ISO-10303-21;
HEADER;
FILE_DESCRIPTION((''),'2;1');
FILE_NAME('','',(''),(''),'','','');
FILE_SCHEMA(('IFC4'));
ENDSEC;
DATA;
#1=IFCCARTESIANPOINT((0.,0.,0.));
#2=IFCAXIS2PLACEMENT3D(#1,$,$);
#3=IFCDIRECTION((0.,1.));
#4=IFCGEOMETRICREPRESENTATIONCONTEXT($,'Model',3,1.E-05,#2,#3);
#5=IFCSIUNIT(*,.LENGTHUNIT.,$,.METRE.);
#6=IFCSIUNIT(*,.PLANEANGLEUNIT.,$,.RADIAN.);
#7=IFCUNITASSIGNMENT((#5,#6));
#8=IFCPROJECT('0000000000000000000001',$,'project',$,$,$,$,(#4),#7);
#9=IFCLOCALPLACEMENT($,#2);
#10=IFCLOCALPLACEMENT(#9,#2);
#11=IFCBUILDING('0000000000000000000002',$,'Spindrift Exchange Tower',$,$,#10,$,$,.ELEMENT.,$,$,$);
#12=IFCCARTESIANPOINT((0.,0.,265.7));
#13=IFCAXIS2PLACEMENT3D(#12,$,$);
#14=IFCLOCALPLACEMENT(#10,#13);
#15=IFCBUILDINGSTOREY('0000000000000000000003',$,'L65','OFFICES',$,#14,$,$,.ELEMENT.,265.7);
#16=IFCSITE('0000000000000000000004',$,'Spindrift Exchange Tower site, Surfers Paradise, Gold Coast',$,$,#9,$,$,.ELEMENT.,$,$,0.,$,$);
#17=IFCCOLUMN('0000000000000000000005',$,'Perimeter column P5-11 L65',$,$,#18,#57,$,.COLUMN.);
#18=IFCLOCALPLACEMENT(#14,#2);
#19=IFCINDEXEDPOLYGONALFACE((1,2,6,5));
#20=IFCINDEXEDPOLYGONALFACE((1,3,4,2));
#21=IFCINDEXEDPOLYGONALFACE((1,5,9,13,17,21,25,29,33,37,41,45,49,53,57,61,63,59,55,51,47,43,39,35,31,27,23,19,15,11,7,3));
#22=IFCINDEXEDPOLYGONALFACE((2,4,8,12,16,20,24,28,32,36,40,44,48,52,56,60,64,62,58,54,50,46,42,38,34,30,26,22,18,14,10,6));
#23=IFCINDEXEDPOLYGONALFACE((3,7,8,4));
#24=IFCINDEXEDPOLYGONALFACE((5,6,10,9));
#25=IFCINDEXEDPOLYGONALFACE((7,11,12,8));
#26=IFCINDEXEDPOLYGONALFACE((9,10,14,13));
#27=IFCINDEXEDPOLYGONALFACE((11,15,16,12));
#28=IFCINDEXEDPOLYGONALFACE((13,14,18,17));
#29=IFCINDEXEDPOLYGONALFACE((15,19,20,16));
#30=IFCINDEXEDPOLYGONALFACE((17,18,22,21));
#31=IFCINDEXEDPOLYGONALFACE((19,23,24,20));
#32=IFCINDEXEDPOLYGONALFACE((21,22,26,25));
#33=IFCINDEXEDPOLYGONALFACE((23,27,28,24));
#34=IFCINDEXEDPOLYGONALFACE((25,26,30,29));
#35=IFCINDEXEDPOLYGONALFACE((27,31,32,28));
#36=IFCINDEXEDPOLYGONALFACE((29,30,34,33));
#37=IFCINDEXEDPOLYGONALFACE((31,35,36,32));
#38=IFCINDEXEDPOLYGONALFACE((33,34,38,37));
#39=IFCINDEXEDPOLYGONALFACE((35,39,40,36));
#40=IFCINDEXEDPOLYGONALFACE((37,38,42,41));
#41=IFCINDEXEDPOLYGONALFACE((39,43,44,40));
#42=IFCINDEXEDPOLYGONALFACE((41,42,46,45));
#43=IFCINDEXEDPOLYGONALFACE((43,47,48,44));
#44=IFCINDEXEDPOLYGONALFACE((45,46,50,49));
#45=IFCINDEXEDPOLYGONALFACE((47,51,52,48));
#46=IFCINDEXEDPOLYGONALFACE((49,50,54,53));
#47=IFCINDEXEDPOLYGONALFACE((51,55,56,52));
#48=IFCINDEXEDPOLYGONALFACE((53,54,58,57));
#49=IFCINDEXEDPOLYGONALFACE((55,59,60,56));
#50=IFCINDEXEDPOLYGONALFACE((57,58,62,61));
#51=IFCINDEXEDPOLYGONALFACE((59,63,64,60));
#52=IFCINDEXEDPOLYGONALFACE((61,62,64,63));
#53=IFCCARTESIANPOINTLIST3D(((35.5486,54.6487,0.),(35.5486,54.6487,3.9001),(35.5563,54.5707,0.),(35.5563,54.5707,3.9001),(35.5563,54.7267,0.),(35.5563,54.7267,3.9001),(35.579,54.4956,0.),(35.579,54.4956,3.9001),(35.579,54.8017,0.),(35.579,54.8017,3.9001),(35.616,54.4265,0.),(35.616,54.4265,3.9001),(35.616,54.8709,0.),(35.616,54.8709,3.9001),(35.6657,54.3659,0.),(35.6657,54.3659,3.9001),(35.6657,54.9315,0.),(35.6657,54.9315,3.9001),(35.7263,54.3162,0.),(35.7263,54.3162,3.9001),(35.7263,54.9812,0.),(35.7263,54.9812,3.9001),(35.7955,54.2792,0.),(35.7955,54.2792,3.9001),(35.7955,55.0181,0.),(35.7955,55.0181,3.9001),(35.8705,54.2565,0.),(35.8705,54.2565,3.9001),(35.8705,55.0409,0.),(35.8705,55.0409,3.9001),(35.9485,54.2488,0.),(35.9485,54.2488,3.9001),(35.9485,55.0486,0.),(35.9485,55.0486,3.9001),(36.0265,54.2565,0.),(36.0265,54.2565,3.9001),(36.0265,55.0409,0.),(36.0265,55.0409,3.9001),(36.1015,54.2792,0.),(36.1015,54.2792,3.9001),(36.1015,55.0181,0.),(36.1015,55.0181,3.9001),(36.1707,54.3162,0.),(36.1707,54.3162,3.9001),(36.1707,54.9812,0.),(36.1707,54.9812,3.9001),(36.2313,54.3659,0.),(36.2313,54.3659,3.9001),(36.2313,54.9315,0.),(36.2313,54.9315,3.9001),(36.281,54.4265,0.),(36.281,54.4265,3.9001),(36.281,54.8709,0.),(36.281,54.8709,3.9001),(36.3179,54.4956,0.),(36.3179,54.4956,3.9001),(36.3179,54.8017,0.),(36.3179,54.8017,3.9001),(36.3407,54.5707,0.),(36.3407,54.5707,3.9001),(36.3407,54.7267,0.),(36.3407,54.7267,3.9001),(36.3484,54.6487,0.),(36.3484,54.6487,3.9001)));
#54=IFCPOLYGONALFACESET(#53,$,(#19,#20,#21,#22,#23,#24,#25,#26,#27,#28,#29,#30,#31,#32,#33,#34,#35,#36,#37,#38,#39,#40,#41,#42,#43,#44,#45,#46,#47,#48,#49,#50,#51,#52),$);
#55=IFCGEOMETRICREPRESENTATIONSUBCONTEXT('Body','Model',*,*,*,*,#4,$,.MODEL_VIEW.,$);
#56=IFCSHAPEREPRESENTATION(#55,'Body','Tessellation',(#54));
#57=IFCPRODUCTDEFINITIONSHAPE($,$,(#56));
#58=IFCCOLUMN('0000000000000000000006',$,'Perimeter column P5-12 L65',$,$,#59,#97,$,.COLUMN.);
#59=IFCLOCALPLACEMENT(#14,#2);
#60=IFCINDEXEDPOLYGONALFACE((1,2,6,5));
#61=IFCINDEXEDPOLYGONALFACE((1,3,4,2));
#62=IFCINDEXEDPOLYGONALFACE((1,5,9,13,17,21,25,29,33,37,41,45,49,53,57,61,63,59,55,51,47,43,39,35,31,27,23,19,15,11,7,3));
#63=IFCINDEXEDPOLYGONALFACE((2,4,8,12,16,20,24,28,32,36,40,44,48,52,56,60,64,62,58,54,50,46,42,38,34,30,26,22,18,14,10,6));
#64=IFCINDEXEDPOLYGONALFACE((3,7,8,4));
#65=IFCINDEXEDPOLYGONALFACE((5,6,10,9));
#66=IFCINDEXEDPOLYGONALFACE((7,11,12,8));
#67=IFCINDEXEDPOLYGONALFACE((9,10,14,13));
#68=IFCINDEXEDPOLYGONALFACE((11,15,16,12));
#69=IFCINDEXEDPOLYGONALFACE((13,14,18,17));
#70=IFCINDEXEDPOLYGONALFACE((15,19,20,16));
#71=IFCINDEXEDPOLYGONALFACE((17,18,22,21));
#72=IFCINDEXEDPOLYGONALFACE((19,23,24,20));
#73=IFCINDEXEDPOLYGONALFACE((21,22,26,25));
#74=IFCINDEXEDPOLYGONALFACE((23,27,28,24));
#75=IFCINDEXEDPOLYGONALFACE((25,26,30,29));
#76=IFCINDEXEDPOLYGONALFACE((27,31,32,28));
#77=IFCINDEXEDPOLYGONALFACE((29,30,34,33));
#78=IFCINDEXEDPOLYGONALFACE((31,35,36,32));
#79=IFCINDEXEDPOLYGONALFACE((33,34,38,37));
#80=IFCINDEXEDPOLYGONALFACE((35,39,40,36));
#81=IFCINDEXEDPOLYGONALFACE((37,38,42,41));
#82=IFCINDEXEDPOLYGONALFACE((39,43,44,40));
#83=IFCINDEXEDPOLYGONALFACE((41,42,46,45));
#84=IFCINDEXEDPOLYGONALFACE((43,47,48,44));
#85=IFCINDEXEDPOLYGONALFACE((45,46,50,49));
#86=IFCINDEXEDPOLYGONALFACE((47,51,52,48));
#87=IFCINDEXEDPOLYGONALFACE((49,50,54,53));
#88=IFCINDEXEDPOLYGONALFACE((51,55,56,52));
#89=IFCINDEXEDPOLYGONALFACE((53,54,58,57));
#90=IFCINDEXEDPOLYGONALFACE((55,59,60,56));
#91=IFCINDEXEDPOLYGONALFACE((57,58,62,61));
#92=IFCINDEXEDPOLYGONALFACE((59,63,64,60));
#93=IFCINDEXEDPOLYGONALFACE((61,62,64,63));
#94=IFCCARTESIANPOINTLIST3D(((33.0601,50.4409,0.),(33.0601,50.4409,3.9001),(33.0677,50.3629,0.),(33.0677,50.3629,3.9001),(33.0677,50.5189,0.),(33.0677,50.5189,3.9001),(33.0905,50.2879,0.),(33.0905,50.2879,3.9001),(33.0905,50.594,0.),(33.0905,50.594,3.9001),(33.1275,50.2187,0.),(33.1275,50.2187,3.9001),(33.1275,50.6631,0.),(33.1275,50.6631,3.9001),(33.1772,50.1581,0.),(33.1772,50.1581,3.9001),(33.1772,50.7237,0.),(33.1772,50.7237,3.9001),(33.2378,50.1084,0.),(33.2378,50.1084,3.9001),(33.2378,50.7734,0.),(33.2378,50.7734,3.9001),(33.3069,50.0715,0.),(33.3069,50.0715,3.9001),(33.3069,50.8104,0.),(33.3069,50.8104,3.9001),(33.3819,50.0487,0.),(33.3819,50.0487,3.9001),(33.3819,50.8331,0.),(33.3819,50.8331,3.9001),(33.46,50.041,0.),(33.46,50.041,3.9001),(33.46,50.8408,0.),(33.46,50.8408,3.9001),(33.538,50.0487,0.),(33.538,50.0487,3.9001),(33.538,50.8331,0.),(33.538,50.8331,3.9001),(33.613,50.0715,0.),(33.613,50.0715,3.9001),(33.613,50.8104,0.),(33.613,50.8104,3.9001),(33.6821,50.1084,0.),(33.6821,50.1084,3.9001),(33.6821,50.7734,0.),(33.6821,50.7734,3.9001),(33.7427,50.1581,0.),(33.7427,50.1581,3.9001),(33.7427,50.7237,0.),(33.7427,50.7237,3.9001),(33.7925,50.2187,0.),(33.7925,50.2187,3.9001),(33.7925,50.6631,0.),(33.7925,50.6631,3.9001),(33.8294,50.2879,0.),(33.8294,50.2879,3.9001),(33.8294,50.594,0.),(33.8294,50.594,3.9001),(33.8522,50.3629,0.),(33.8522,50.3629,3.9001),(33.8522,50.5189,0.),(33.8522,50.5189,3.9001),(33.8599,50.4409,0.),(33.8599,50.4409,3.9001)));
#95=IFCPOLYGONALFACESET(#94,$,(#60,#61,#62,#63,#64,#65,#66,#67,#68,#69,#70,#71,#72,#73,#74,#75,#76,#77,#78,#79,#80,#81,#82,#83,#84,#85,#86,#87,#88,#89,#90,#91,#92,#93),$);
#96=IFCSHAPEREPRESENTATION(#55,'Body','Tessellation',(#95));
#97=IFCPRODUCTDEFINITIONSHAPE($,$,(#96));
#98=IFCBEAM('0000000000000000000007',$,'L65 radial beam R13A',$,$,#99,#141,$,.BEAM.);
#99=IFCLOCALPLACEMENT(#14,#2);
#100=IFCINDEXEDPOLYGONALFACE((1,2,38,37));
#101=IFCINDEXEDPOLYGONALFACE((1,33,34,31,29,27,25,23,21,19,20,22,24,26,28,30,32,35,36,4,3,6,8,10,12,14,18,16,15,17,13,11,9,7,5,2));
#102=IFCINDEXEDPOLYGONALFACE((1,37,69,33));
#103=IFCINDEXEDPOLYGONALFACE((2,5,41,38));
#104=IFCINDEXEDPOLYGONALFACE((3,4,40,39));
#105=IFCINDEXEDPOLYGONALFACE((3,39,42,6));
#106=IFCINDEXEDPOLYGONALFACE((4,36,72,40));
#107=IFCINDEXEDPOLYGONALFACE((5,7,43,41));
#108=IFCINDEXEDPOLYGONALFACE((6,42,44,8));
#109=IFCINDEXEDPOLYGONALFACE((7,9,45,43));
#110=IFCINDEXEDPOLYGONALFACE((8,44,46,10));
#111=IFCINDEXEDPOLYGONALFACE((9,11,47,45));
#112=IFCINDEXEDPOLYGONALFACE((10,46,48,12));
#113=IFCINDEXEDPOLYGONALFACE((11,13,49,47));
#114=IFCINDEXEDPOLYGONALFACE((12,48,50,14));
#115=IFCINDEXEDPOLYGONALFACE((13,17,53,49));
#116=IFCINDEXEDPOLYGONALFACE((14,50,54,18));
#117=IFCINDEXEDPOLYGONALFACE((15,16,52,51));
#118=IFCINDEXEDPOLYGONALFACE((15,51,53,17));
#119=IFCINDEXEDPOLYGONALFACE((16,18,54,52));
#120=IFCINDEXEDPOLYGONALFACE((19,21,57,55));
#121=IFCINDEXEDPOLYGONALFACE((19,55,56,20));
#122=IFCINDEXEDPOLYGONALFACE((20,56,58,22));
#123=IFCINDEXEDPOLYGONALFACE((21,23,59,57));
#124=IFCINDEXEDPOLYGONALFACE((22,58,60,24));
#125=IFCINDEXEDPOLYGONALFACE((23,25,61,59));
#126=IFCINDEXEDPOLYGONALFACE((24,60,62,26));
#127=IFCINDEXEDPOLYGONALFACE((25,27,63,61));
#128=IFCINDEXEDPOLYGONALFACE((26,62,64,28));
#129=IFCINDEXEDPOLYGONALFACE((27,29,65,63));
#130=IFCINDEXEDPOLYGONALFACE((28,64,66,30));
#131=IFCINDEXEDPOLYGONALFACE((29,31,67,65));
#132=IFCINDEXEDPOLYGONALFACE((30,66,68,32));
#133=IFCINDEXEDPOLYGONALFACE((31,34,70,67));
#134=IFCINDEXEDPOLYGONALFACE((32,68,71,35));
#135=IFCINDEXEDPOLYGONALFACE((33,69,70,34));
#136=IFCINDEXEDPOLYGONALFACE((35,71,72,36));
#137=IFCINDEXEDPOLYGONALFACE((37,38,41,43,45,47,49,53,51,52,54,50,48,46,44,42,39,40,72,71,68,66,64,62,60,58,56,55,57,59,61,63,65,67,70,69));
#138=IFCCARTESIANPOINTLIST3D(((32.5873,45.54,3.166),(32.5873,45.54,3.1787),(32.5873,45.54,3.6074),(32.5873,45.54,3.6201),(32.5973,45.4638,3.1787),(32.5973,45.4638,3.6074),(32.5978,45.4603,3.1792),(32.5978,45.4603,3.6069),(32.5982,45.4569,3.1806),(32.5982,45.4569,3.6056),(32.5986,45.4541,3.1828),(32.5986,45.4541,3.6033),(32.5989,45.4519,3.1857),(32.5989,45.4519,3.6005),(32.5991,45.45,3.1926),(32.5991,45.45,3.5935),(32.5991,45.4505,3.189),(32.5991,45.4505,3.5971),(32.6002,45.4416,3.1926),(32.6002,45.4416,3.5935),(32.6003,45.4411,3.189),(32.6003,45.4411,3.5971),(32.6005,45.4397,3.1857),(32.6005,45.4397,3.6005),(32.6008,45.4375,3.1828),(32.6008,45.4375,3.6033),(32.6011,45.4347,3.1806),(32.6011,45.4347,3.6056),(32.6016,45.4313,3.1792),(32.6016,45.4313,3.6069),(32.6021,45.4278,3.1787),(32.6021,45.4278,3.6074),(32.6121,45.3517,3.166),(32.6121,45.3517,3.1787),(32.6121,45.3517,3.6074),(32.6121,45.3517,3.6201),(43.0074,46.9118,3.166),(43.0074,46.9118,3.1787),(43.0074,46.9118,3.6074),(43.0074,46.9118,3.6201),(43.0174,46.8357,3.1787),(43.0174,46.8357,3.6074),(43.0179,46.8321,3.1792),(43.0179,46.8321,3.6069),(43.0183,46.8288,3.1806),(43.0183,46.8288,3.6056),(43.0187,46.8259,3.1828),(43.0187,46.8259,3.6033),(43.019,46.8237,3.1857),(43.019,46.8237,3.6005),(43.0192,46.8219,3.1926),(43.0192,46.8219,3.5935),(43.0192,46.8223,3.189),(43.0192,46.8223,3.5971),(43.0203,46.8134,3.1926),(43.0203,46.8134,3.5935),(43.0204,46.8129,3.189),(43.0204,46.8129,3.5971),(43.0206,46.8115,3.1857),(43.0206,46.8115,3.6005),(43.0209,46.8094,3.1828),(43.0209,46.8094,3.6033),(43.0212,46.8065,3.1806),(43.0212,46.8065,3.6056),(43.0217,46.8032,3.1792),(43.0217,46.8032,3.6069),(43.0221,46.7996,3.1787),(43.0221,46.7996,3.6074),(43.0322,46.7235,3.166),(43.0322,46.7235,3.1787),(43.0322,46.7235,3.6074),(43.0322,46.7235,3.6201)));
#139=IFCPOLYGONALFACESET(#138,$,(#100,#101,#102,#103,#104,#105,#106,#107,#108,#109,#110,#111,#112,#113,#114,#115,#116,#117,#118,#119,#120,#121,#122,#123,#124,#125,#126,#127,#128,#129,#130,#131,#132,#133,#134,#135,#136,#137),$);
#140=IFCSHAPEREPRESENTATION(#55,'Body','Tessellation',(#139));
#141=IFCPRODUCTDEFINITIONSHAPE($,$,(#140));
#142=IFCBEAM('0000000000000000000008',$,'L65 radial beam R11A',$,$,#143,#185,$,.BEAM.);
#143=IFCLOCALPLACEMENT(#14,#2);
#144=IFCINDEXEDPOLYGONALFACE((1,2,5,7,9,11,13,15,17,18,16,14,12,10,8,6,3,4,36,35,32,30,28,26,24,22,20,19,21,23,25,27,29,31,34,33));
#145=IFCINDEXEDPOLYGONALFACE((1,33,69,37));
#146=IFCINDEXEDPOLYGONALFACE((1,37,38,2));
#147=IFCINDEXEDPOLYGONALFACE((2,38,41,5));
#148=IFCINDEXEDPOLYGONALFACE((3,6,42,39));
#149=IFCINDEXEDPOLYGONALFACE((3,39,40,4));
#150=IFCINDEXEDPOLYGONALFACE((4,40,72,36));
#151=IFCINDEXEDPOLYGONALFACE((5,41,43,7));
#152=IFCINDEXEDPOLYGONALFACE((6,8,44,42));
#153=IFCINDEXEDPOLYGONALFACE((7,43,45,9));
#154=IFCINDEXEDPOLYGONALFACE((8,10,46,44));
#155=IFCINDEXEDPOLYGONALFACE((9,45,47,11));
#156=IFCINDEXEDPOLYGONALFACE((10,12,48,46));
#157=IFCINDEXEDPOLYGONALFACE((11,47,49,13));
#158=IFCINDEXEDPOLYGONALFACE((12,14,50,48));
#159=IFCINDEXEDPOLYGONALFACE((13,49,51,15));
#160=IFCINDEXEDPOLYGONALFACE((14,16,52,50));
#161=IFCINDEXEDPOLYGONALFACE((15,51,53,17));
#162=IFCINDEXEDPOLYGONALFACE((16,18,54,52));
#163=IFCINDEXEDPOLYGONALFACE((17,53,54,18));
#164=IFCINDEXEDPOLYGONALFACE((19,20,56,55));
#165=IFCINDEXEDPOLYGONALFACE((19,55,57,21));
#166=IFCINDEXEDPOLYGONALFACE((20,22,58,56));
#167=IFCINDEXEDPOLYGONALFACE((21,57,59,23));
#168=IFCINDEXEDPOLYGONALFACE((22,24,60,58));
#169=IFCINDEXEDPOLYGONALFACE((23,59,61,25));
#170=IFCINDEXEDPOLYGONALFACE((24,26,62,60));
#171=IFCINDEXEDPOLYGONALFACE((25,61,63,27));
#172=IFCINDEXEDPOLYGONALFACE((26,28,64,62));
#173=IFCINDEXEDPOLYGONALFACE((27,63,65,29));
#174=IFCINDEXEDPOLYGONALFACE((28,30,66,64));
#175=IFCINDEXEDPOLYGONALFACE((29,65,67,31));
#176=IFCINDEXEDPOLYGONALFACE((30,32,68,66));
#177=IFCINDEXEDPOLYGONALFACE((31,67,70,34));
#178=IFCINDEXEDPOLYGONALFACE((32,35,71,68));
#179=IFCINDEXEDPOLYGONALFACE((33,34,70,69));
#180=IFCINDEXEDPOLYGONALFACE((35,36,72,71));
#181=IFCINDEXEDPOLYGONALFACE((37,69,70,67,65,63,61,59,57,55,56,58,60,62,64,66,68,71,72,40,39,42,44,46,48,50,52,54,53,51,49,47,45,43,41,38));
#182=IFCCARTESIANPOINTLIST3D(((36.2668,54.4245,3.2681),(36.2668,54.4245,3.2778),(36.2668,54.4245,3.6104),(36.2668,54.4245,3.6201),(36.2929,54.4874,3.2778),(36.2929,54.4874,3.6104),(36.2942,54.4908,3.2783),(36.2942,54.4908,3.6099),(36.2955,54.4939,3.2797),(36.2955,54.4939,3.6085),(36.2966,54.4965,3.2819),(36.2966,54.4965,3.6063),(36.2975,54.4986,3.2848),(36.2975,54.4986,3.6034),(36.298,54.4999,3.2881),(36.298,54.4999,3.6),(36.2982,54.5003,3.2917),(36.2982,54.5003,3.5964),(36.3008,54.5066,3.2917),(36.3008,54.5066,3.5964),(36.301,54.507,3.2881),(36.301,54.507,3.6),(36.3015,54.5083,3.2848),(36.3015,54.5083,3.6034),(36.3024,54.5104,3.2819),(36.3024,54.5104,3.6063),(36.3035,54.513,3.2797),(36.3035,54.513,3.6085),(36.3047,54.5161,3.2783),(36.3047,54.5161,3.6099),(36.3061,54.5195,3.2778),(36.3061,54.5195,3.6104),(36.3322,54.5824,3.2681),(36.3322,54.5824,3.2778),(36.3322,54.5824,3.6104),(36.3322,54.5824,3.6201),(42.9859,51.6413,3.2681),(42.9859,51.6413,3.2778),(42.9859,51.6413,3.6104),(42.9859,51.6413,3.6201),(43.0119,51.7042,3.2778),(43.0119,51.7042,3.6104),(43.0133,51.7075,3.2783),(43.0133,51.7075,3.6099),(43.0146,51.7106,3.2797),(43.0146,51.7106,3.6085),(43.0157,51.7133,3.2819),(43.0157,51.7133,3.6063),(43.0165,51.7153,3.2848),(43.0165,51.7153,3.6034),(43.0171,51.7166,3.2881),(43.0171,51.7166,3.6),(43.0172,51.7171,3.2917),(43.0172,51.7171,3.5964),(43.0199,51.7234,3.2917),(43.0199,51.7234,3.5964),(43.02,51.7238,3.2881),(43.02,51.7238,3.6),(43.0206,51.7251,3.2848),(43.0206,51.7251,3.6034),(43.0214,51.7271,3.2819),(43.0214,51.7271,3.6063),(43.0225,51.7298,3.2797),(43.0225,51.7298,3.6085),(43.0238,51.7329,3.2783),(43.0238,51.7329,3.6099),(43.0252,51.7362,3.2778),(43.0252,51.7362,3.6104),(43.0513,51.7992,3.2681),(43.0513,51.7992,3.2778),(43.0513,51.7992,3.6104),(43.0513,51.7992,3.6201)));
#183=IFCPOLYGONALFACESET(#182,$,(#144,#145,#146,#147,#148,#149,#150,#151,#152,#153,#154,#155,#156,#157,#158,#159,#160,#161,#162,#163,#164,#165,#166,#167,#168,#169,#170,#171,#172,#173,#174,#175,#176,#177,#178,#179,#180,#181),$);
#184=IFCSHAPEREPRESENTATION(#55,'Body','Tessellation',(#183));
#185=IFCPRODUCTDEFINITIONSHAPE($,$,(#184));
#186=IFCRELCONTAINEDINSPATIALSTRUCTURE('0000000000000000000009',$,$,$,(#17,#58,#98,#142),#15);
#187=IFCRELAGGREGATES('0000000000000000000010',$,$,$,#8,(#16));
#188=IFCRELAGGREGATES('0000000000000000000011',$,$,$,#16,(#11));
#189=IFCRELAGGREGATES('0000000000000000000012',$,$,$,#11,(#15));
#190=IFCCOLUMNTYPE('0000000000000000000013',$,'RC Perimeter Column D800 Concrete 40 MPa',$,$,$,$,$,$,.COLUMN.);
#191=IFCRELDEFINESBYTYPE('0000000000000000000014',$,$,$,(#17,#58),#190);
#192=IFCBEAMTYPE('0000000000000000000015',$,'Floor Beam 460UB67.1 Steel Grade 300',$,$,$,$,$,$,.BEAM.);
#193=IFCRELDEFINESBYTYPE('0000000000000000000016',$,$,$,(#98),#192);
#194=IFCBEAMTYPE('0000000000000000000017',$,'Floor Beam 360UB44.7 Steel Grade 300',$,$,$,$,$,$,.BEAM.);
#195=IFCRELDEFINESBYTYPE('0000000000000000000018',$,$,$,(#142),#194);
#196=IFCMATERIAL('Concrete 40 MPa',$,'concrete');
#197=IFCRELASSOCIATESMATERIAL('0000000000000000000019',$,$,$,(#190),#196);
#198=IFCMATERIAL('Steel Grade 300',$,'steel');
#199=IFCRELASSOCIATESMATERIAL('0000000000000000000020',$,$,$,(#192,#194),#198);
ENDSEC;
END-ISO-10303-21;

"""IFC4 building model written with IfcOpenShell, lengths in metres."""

from ifc_helpers import new_model, si_unit, direction, frame, origin, origin_2d, place, context, subcontext, project, spatial, circle, i_section, extrude, source, transform, mapped, material, material_profile, profile_set, type_object, element, save


model = new_model("IFC4")

# Units and contexts
model_context = context("Model", 3, precision=1e-05, world=origin(), true_north=direction((0.0, 1.0)))
body_context = subcontext(model_context, "Body", "Model", "MODEL_VIEW")
ifc_project = project(units=[si_unit("LENGTHUNIT", "METRE"), si_unit("PLANEANGLEUNIT", "RADIAN")], contexts=[model_context])

# Site, building, storey
site_placement = place(None, origin())
site = spatial("IfcSite", under=ifc_project, at=site_placement, Name="Spindrift Exchange Tower site, Surfers Paradise, Gold Coast", CompositionType="ELEMENT", RefElevation=0.0)
building_placement = place(site_placement, origin())
building = spatial("IfcBuilding", under=site, at=building_placement, Name="Spindrift Exchange Tower", CompositionType="ELEMENT")
storey_placement = place(building_placement, frame((0.0, 0.0, 265.7)))
storey = spatial("IfcBuildingStorey", under=building, at=storey_placement, Name="L65", Description="OFFICES", CompositionType="ELEMENT", Elevation=265.7)

# Columns
ifc_material_1 = material(Name="Concrete 40 MPa", Category="concrete")
ifc_material_profile_1 = material_profile(ifc_material_1, circle(Radius=0.3999, at=origin_2d()), Name="RC D800")
ifc_profile_set_1 = profile_set([ifc_material_profile_1], Name="Concrete 40 MPa")
column_type = type_object("IfcColumnType", Name="RC Perimeter Column D800 Concrete 40 MPa", PredefinedType="COLUMN", material=ifc_profile_set_1)
shared_shape_1 = source(origin(), body_context, "Body", "SweptSolid", [
    extrude(circle(Radius=0.3999, at=origin_2d()), origin(), (0.0, 0.0, 1.0), 3.9001),
])
for number, where, z_axis, x_axis, name in (
    (1, (35.9485, 54.6487, 0.0), (0.0, 0.0, 1.0), (1.0, 0.0, 0.0), "Perimeter column P5-11 L65"),
    (2, (33.46, 50.4409, 0.0), (0.0, 0.0, 1.0), (1.0, 0.0, 0.0), "Perimeter column P5-12 L65"),
):
    element("IfcColumn", number, at=place(storey_placement, frame(where, z_axis=z_axis, x_axis=x_axis)), inside=storey, type_object=column_type, Name=name, PredefinedType="COLUMN", context=body_context, shape_type="MappedRepresentation", body=[
        mapped(shared_shape_1, transform((0.0, 0.0, 0.0), scale=1.0)),
    ])

# Beams
ifc_material_2 = material(Name="Steel Grade 300", Category="steel")
ifc_material_profile_2 = material_profile(ifc_material_2, i_section(OverallWidth=0.1899, OverallDepth=0.4541, WebThickness=0.0085, FlangeThickness=0.0127, FilletRadius=0.0139, at=origin_2d()), Name="460UB67.1")
ifc_profile_set_2 = profile_set([ifc_material_profile_2], Name="Steel Grade 300")
beam_type_1 = type_object("IfcBeamType", Name="Floor Beam 460UB67.1 Steel Grade 300", PredefinedType="BEAM", material=ifc_profile_set_2)
shared_shape_2 = source(origin(), body_context, "Body", "SweptSolid", [
    extrude(i_section(OverallWidth=0.1899, OverallDepth=0.4541, WebThickness=0.0085, FlangeThickness=0.0127, FilletRadius=0.0139, at=origin_2d()), origin(), (0.0, 0.0, 1.0), 10.51),
])
beam_1_placement = place(storey_placement, frame((43.0198, 46.8176, 3.3931), z_axis=(-0.991445, -0.130525, 0.0), x_axis=(0.130525, -0.991445, 0.0)))
element("IfcBeam", 3, at=beam_1_placement, inside=storey, type_object=beam_type_1, Name="L65 radial beam R13A", PredefinedType="BEAM", context=body_context, shape_type="MappedRepresentation", body=[
    mapped(shared_shape_2, transform((0.0, 0.0, 0.0), scale=1.0)),
])
ifc_material_profile_3 = material_profile(ifc_material_2, i_section(OverallWidth=0.1709, OverallDepth=0.3521, WebThickness=0.0068, FlangeThickness=0.0098, FilletRadius=0.0139, at=origin_2d()), Name="360UB44.7")
ifc_profile_set_3 = profile_set([ifc_material_profile_3], Name="Steel Grade 300")
beam_type_2 = type_object("IfcBeamType", Name="Floor Beam 360UB44.7 Steel Grade 300", PredefinedType="BEAM", material=ifc_profile_set_3)
shared_shape_3 = source(origin(), body_context, "Body", "SweptSolid", [
    extrude(i_section(OverallWidth=0.1709, OverallDepth=0.3521, WebThickness=0.0068, FlangeThickness=0.0098, FilletRadius=0.0139, at=origin_2d()), origin(), (0.0, 0.0, 1.0), 7.2727),
])
beam_2_placement = place(storey_placement, frame((43.0186, 51.7202, 3.4441), z_axis=(-0.923874, 0.382696, 0.0), x_axis=(-0.382696, -0.923874, 0.0)))
element("IfcBeam", 4, at=beam_2_placement, inside=storey, type_object=beam_type_2, Name="L65 radial beam R11A", PredefinedType="BEAM", context=body_context, shape_type="MappedRepresentation", body=[
    mapped(shared_shape_3, transform((0.0, 0.0, 0.0), scale=1.0)),
])

save(model, "model.ifc")
